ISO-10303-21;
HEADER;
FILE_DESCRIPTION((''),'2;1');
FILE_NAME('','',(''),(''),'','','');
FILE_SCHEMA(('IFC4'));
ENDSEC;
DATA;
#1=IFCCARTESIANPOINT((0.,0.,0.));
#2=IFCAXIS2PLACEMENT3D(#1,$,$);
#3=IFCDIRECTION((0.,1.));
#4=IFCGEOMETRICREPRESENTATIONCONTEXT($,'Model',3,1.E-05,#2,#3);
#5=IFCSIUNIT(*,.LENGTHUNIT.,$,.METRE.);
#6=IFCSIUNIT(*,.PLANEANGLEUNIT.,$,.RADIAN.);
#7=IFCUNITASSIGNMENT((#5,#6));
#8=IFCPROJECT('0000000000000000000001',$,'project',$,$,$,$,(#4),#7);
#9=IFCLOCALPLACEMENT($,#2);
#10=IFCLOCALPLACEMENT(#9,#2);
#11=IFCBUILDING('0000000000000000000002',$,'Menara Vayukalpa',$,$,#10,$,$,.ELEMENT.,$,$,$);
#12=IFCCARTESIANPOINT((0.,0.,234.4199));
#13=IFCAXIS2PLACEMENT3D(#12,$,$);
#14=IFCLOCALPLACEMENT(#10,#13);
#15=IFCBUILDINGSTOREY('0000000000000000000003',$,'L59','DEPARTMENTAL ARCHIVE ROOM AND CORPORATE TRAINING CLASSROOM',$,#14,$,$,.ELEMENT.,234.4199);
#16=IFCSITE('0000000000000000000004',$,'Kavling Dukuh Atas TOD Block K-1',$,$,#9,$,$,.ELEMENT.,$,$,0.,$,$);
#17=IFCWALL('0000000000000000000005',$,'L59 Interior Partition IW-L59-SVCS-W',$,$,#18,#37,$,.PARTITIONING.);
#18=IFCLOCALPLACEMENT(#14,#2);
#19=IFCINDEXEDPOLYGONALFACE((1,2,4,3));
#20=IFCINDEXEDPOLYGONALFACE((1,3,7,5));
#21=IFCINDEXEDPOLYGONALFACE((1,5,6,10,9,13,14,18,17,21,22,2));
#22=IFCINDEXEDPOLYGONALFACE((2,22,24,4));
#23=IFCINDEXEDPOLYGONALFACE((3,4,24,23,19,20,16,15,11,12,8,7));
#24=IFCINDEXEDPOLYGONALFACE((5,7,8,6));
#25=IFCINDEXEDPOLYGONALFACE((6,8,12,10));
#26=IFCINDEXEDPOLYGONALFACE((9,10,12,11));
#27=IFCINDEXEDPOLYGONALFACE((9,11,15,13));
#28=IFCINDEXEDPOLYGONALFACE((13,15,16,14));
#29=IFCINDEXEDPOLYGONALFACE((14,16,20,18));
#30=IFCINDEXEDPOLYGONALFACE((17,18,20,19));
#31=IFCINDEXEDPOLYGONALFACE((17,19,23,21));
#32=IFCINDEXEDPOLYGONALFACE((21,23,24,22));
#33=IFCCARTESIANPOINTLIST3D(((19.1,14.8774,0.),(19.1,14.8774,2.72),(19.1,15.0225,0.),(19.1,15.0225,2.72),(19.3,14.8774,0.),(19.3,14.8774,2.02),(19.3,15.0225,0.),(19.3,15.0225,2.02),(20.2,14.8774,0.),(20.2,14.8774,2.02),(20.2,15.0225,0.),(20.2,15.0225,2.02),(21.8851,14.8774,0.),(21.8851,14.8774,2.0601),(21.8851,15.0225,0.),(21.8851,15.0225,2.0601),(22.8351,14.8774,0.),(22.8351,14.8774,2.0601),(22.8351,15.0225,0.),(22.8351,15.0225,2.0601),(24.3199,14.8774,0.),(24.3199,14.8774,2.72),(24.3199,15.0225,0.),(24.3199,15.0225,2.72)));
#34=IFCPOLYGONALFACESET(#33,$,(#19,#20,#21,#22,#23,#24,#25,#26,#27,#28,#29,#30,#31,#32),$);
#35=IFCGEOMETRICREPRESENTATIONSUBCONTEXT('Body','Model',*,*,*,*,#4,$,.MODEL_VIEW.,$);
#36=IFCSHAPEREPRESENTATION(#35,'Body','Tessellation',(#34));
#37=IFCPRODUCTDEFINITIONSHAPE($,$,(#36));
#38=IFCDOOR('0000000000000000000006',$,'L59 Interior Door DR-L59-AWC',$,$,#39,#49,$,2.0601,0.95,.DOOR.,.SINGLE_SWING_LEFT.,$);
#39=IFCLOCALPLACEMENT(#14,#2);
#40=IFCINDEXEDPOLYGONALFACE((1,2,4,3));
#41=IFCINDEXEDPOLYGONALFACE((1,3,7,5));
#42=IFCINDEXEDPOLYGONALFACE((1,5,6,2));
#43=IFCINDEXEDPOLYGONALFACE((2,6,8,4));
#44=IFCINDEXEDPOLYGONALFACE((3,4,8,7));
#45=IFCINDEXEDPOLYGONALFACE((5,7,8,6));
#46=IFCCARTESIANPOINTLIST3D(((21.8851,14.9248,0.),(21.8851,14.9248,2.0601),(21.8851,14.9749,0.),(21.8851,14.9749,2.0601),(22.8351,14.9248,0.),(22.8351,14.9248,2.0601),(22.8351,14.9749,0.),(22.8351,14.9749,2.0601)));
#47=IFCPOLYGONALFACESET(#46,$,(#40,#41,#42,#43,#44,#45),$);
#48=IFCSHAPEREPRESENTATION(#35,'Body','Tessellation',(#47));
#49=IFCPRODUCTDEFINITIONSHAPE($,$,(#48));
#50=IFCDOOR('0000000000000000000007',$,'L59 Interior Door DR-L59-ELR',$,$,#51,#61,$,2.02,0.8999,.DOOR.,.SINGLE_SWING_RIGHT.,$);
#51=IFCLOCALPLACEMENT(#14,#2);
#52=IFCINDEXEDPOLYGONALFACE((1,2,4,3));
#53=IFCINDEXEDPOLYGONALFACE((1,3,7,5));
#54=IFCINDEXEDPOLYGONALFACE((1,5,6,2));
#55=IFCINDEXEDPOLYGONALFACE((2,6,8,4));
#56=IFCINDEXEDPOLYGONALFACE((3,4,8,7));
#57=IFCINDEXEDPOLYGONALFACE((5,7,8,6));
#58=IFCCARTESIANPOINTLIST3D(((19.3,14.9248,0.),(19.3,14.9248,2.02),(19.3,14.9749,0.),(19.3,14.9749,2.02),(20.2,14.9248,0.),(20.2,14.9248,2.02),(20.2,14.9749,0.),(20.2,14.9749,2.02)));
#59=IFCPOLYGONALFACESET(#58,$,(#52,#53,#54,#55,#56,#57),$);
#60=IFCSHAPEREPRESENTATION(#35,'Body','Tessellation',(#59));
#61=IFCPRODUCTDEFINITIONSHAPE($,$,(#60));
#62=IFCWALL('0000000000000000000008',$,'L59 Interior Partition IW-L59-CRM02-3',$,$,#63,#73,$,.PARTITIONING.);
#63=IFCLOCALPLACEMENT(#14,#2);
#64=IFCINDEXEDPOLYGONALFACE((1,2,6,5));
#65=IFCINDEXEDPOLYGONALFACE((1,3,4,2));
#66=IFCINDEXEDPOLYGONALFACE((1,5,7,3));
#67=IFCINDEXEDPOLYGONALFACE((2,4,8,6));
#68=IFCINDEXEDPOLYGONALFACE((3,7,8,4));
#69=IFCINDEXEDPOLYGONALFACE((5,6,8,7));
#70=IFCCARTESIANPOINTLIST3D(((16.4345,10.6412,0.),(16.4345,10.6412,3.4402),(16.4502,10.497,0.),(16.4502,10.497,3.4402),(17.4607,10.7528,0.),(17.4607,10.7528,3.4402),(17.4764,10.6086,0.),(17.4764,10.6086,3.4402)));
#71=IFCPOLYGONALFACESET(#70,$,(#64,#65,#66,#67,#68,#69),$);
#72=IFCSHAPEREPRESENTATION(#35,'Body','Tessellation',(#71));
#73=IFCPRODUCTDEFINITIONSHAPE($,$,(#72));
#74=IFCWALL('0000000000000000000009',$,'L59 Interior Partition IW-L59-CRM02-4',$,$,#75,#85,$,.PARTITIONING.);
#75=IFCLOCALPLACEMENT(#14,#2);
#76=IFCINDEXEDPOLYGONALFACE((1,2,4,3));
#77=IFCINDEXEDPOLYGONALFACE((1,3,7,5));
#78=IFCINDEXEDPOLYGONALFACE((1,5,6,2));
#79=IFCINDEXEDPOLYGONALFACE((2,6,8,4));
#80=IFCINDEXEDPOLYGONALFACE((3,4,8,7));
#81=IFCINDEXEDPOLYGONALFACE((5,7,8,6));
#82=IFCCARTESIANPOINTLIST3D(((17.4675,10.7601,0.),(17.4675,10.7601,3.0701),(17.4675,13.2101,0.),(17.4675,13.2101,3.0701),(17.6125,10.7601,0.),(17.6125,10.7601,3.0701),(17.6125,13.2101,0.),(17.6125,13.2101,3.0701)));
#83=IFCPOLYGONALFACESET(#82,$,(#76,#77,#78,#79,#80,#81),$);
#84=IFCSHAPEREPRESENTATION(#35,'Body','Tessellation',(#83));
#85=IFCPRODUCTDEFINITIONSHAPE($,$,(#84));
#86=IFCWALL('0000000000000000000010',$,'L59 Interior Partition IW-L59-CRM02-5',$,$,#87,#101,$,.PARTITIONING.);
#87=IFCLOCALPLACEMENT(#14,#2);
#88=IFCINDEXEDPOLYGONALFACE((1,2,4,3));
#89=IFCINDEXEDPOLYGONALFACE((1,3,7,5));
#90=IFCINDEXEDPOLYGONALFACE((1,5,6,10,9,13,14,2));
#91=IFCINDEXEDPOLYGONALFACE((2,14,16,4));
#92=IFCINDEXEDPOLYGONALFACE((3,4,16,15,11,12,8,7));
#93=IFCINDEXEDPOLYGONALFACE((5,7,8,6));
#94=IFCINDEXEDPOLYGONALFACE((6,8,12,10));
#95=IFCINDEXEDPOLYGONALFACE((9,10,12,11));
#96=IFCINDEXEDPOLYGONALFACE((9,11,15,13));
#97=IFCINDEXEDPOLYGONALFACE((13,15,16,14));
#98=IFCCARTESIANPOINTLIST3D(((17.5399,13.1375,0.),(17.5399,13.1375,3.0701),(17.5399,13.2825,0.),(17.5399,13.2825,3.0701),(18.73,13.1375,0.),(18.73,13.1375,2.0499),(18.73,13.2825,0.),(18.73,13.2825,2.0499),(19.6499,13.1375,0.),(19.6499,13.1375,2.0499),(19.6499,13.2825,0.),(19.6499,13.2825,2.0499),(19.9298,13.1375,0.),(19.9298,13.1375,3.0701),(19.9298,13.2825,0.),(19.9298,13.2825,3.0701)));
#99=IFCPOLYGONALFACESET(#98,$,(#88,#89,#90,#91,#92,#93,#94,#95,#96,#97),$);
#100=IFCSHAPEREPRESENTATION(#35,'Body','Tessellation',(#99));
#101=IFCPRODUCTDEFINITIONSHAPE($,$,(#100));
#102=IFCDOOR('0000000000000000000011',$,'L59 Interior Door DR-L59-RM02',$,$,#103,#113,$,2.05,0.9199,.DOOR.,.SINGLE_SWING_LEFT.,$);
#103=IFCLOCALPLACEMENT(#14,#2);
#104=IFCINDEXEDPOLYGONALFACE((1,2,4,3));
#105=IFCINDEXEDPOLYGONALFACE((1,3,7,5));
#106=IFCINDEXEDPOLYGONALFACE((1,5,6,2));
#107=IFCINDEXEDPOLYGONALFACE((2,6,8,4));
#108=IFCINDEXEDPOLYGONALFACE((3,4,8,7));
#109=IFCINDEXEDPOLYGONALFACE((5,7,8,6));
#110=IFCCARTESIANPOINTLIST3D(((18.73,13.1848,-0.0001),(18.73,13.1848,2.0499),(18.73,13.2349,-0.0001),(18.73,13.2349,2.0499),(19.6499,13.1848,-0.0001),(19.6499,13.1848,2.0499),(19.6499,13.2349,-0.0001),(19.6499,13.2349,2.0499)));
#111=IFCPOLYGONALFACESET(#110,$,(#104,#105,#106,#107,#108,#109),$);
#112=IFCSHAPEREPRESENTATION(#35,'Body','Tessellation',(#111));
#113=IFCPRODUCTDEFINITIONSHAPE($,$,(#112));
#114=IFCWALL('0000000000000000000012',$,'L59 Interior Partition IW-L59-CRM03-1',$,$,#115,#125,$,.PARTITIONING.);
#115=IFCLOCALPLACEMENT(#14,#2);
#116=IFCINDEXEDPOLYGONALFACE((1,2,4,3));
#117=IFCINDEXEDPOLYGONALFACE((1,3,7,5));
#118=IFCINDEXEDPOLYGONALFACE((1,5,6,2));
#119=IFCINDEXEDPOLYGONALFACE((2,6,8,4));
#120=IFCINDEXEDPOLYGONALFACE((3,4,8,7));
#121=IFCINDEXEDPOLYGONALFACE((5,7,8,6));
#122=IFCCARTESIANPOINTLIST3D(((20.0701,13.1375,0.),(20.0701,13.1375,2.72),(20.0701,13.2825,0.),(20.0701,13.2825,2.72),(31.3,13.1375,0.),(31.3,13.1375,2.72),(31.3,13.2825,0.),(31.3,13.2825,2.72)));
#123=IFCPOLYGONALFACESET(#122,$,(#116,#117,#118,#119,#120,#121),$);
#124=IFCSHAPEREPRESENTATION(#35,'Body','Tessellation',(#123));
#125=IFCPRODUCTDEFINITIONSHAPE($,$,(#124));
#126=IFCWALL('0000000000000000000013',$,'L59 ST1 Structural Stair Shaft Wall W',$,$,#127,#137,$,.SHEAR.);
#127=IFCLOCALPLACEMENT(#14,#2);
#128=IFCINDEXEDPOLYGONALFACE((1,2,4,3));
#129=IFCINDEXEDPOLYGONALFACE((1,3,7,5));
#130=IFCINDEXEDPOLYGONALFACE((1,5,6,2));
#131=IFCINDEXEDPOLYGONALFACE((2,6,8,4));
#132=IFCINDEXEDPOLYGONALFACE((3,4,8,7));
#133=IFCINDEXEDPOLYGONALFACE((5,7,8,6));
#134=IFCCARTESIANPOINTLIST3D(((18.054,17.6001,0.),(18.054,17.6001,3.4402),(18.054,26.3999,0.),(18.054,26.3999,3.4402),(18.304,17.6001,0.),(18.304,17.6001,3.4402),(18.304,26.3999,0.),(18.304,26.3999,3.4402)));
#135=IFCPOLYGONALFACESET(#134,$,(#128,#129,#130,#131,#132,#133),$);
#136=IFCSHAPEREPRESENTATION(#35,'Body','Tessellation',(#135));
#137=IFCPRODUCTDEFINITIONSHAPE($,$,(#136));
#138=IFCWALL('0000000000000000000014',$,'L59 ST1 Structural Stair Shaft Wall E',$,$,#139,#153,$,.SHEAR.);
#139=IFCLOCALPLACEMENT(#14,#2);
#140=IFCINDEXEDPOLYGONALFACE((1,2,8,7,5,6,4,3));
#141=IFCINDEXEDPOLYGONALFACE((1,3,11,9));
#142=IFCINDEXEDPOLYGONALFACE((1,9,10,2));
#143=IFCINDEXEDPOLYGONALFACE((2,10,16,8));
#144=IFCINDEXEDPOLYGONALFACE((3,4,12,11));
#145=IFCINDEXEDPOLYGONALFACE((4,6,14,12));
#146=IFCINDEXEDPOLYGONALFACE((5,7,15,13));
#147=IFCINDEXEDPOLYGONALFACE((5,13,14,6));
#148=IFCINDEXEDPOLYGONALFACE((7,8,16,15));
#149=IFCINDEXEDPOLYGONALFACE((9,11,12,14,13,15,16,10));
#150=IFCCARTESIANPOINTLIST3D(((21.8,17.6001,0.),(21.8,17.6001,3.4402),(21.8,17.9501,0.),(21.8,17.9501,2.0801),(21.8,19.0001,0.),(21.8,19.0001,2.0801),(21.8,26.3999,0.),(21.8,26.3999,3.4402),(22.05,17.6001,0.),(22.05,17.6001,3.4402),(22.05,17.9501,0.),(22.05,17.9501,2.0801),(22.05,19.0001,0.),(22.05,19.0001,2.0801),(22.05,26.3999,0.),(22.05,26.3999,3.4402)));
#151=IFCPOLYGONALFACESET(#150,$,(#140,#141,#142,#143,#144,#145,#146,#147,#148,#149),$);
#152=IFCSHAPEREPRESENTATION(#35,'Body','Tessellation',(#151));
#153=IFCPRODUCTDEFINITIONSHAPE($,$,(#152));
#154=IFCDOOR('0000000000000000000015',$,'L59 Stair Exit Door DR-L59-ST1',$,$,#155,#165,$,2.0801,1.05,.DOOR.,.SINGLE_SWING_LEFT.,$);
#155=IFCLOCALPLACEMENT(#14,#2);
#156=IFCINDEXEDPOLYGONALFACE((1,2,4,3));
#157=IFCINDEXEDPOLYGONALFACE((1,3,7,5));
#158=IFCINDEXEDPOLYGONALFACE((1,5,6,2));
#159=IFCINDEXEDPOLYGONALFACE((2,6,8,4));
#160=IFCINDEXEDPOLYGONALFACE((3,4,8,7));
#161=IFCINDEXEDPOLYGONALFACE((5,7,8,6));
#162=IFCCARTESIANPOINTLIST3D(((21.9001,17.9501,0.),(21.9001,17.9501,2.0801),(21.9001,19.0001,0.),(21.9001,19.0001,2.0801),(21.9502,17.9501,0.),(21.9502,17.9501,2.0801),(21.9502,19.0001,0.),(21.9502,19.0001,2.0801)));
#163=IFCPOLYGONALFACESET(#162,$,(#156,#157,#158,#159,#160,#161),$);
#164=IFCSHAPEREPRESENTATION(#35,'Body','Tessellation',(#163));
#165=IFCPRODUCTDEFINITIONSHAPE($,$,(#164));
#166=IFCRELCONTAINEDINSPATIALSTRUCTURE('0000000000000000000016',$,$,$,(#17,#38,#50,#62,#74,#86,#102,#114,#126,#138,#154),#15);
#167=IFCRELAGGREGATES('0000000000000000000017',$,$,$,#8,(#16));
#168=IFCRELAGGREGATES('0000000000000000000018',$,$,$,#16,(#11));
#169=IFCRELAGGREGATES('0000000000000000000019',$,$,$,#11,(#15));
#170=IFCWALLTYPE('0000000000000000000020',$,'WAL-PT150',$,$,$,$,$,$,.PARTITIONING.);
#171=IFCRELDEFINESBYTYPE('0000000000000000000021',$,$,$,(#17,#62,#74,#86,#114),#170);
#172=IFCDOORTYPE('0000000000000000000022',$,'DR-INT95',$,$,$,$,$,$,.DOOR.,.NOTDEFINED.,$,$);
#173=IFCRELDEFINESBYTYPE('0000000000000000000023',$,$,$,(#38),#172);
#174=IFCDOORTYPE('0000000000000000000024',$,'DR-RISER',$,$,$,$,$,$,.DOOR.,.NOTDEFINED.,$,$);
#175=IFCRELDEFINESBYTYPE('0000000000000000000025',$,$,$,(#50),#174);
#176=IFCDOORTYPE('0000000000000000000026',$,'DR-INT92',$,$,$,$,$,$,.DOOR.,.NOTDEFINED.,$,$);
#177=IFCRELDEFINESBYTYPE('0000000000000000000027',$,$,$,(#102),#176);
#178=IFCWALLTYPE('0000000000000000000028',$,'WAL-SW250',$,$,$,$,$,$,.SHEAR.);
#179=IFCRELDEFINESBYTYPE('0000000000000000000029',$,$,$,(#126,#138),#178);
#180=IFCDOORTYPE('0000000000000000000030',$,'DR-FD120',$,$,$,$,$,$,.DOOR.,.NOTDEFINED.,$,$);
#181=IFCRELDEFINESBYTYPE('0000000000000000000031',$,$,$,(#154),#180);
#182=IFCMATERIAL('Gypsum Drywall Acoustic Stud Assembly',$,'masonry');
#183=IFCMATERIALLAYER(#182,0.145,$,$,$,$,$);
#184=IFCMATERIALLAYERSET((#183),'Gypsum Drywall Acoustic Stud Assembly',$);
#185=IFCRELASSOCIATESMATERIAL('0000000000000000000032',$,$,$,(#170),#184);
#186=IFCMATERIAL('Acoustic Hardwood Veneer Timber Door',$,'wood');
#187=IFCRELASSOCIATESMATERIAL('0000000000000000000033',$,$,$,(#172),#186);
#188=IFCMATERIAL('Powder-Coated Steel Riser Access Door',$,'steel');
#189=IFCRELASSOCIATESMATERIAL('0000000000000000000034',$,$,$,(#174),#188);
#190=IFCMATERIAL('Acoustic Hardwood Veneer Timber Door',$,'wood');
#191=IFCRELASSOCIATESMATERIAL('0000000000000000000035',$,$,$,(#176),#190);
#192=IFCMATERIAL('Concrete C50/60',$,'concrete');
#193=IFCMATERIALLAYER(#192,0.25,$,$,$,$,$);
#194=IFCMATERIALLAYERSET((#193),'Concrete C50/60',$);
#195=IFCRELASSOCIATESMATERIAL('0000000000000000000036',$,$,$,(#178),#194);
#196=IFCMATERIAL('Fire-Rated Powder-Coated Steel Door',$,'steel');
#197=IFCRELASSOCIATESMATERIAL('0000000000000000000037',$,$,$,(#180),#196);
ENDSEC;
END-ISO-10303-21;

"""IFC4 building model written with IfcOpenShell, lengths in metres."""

from ifc_helpers import new_model, si_unit, direction, frame, frame_2d, origin, place, context, subcontext, project, spatial, rectangle, extrude, material, layer, layer_set, type_object, element, fill, save


model = new_model("IFC4")

# Units and contexts
model_context = context("Model", 3, precision=1e-05, world=origin(), true_north=direction((0.0, 1.0)))
body_context = subcontext(model_context, "Body", "Model", "MODEL_VIEW")
ifc_project = project(units=[si_unit("LENGTHUNIT", "METRE"), si_unit("PLANEANGLEUNIT", "RADIAN")], contexts=[model_context])

# Site, building, storey
site_placement = place(None, origin())
site = spatial("IfcSite", under=ifc_project, at=site_placement, Name="Kavling Dukuh Atas TOD Block K-1", CompositionType="ELEMENT", RefElevation=0.0)
building_placement = place(site_placement, origin())
building = spatial("IfcBuilding", under=site, at=building_placement, Name="Menara Vayukalpa", CompositionType="ELEMENT")
storey_placement = place(building_placement, frame((0.0, 0.0, 234.4199)))
storey = spatial("IfcBuildingStorey", under=building, at=storey_placement, Name="L59", Description="DEPARTMENTAL ARCHIVE ROOM AND CORPORATE TRAINING CLASSROOM", CompositionType="ELEMENT", Elevation=234.4199)

# Wall, openings, doors
ifc_material_1 = material(Name="Gypsum Drywall Acoustic Stud Assembly", Category="masonry")
ifc_layer_1 = layer(ifc_material_1, 0.145)
ifc_layer_set_1 = layer_set([ifc_layer_1], Name="Gypsum Drywall Acoustic Stud Assembly")
wall_type_1 = type_object("IfcWallType", Name="WAL-PT150", PredefinedType="PARTITIONING", material=ifc_layer_set_1)
wall_1_placement = place(storey_placement, frame((19.1001, 14.95, 0.0), z_axis=(0.0, 0.0, 1.0), x_axis=(1.0, 0.0, 0.0)))
wall_1 = element("IfcWall", 1, at=wall_1_placement, inside=storey, type_object=wall_type_1, Name="L59 Interior Partition IW-L59-SVCS-W", PredefinedType="PARTITIONING", context=body_context, shape_type="SweptSolid", body=[
    extrude(rectangle(XDim=5.22, YDim=0.145, at=frame_2d((2.6099, 0.0))), origin(), (0.0, 0.0, 1.0), 2.72),
])
opening_1_placement = place(wall_1_placement, frame((0.2, 0.0, 0.0)))
opening_1 = element("IfcOpeningElement", 2, at=opening_1_placement, cuts=wall_1, PredefinedType="OPENING", context=body_context, shape_type="SweptSolid", body=[
    extrude(rectangle(XDim=0.8999, YDim=2.02, at=frame_2d((0.45, 1.01))), frame((0.0, 0.0825, 0.0), z_axis=(0.0, -1.0, 0.0), x_axis=(1.0, 0.0, 0.0)), (0.0, 0.0, 1.0), 0.165),
])
opening_2_placement = place(wall_1_placement, frame((2.7849, 0.0, 0.0)))
opening_2 = element("IfcOpeningElement", 3, at=opening_2_placement, cuts=wall_1, PredefinedType="OPENING", context=body_context, shape_type="SweptSolid", body=[
    extrude(rectangle(XDim=0.95, YDim=2.0601, at=frame_2d((0.4751, 1.03))), frame((0.0, 0.0825, 0.0), z_axis=(0.0, -1.0, 0.0), x_axis=(1.0, 0.0, 0.0)), (0.0, 0.0, 1.0), 0.165),
])
ifc_material_2 = material(Name="Acoustic Hardwood Veneer Timber Door", Category="wood")
door_type_1 = type_object("IfcDoorType", Name="DR-INT95", OperationType="NOTDEFINED", PredefinedType="DOOR", material=ifc_material_2)
door_1_placement = place(opening_2_placement, origin())
door_1 = element("IfcDoor", 4, at=door_1_placement, inside=storey, type_object=door_type_1, Name="L59 Interior Door DR-L59-AWC", OperationType="SINGLE_SWING_LEFT", OverallHeight=2.0601, OverallWidth=0.95, PredefinedType="DOOR", context=body_context, shape_type="SweptSolid", body=[
    extrude(rectangle(XDim=0.95, YDim=2.0601, at=frame_2d((0.4751, 1.03))), frame((0.0, 0.0249, 0.0), z_axis=(0.0, -1.0, 0.0), x_axis=(1.0, 0.0, 0.0)), (0.0, 0.0, 1.0), 0.05),
])
fill(opening_2, door_1)
ifc_material_3 = material(Name="Powder-Coated Steel Riser Access Door", Category="steel")
door_type_2 = type_object("IfcDoorType", Name="DR-RISER", OperationType="NOTDEFINED", PredefinedType="DOOR", material=ifc_material_3)
door_2_placement = place(opening_1_placement, origin())
door_2 = element("IfcDoor", 5, at=door_2_placement, inside=storey, type_object=door_type_2, Name="L59 Interior Door DR-L59-ELR", OperationType="SINGLE_SWING_RIGHT", OverallHeight=2.02, OverallWidth=0.8999, PredefinedType="DOOR", context=body_context, shape_type="SweptSolid", body=[
    extrude(rectangle(XDim=0.8999, YDim=2.02, at=frame_2d((0.45, 1.01))), frame((0.0, 0.0249, 0.0), z_axis=(0.0, -1.0, 0.0), x_axis=(1.0, 0.0, 0.0)), (0.0, 0.0, 1.0), 0.05),
])
fill(opening_1, door_2)

# Walls
wall_2_placement = place(storey_placement, frame((16.4424, 10.5691, 0.0), z_axis=(0.0, 0.0, 1.0), x_axis=(0.994141, 0.108095, 0.0)))
element("IfcWall", 6, at=wall_2_placement, inside=storey, type_object=wall_type_1, Name="L59 Interior Partition IW-L59-CRM02-3", PredefinedType="PARTITIONING", context=body_context, shape_type="SweptSolid", body=[
    extrude(rectangle(XDim=1.0322, YDim=0.145, at=frame_2d((0.5161, 0.0))), origin(), (0.0, 0.0, 1.0), 3.4402),
])
wall_3_placement = place(storey_placement, frame((17.54, 10.76, 0.0), z_axis=(0.0, 0.0, 1.0), x_axis=(0.0, 1.0, 0.0)))
element("IfcWall", 7, at=wall_3_placement, inside=storey, type_object=wall_type_1, Name="L59 Interior Partition IW-L59-CRM02-4", PredefinedType="PARTITIONING", context=body_context, shape_type="SweptSolid", body=[
    extrude(rectangle(XDim=2.45, YDim=0.145, at=frame_2d((1.2251, 0.0))), origin(), (0.0, 0.0, 1.0), 3.0701),
])

# Wall, opening, door
wall_4_placement = place(storey_placement, frame((17.54, 13.21, 0.0), z_axis=(0.0, 0.0, 1.0), x_axis=(1.0, 0.0, 0.0)))
wall_4 = element("IfcWall", 8, at=wall_4_placement, inside=storey, type_object=wall_type_1, Name="L59 Interior Partition IW-L59-CRM02-5", PredefinedType="PARTITIONING", context=body_context, shape_type="SweptSolid", body=[
    extrude(rectangle(XDim=2.3899, YDim=0.145, at=frame_2d((1.1948, 0.0))), origin(), (0.0, 0.0, 1.0), 3.0701),
])
opening_3_placement = place(wall_4_placement, frame((1.1899, 0.0, 0.0)))
opening_3 = element("IfcOpeningElement", 9, at=opening_3_placement, cuts=wall_4, PredefinedType="OPENING", context=body_context, shape_type="SweptSolid", body=[
    extrude(rectangle(XDim=0.9199, YDim=2.05, at=frame_2d((0.46, 1.0249))), frame((0.0, 0.0825, 0.0), z_axis=(0.0, -1.0, 0.0), x_axis=(1.0, 0.0, 0.0)), (0.0, 0.0, 1.0), 0.165),
])
ifc_material_4 = material(Name="Acoustic Hardwood Veneer Timber Door", Category="wood")
door_type_3 = type_object("IfcDoorType", Name="DR-INT92", OperationType="NOTDEFINED", PredefinedType="DOOR", material=ifc_material_4)
door_3_placement = place(opening_3_placement, origin())
door_3 = element("IfcDoor", 10, at=door_3_placement, inside=storey, type_object=door_type_3, Name="L59 Interior Door DR-L59-RM02", OperationType="SINGLE_SWING_LEFT", OverallHeight=2.05, OverallWidth=0.9199, PredefinedType="DOOR", context=body_context, shape_type="SweptSolid", body=[
    extrude(rectangle(XDim=0.9199, YDim=2.05, at=frame_2d((0.46, 1.0249))), frame((0.0, 0.0249, 0.0), z_axis=(0.0, -1.0, 0.0), x_axis=(1.0, 0.0, 0.0)), (0.0, 0.0, 1.0), 0.05),
])
fill(opening_3, door_3)

# Walls
wall_5_placement = place(storey_placement, frame((20.0701, 13.21, 0.0), z_axis=(0.0, 0.0, 1.0), x_axis=(1.0, 0.0, 0.0)))
element("IfcWall", 11, at=wall_5_placement, inside=storey, type_object=wall_type_1, Name="L59 Interior Partition IW-L59-CRM03-1", PredefinedType="PARTITIONING", context=body_context, shape_type="SweptSolid", body=[
    extrude(rectangle(XDim=11.23, YDim=0.145, at=frame_2d((5.615, 0.0))), origin(), (0.0, 0.0, 1.0), 2.72),
])
ifc_material_5 = material(Name="Concrete C50/60", Category="concrete")
ifc_layer_2 = layer(ifc_material_5, 0.25)
ifc_layer_set_2 = layer_set([ifc_layer_2], Name="Concrete C50/60")
wall_type_2 = type_object("IfcWallType", Name="WAL-SW250", PredefinedType="SHEAR", material=ifc_layer_set_2)
wall_6_placement = place(storey_placement, frame((18.179, 17.6001, 0.0), z_axis=(0.0, 0.0, 1.0), x_axis=(0.0, 1.0, 0.0)))
element("IfcWall", 12, at=wall_6_placement, inside=storey, type_object=wall_type_2, Name="L59 ST1 Structural Stair Shaft Wall W", PredefinedType="SHEAR", context=body_context, shape_type="SweptSolid", body=[
    extrude(rectangle(XDim=8.7998, YDim=0.25, at=frame_2d((4.3999, 0.0))), origin(), (0.0, 0.0, 1.0), 3.4402),
])

# Wall, opening, door
wall_7_placement = place(storey_placement, frame((21.925, 17.6001, 0.0), z_axis=(0.0, 0.0, 1.0), x_axis=(0.0, 1.0, 0.0)))
wall_7 = element("IfcWall", 13, at=wall_7_placement, inside=storey, type_object=wall_type_2, Name="L59 ST1 Structural Stair Shaft Wall E", PredefinedType="SHEAR", context=body_context, shape_type="SweptSolid", body=[
    extrude(rectangle(XDim=8.7998, YDim=0.25, at=frame_2d((4.3999, 0.0))), origin(), (0.0, 0.0, 1.0), 3.4402),
])
opening_4_placement = place(wall_7_placement, frame((0.3501, 0.0, 0.0)))
opening_4 = element("IfcOpeningElement", 14, at=opening_4_placement, cuts=wall_7, PredefinedType="OPENING", context=body_context, shape_type="SweptSolid", body=[
    extrude(rectangle(XDim=1.05, YDim=2.0801, at=frame_2d((0.5249, 1.04))), frame((0.0, 0.135, 0.0), z_axis=(0.0, -1.0, 0.0), x_axis=(1.0, 0.0, 0.0)), (0.0, 0.0, 1.0), 0.27),
])
ifc_material_6 = material(Name="Fire-Rated Powder-Coated Steel Door", Category="steel")
door_type_4 = type_object("IfcDoorType", Name="DR-FD120", OperationType="NOTDEFINED", PredefinedType="DOOR", material=ifc_material_6)
door_4_placement = place(opening_4_placement, origin())
door_4 = element("IfcDoor", 15, at=door_4_placement, inside=storey, type_object=door_type_4, Name="L59 Stair Exit Door DR-L59-ST1", OperationType="SINGLE_SWING_LEFT", OverallHeight=2.0801, OverallWidth=1.05, PredefinedType="DOOR", context=body_context, shape_type="SweptSolid", body=[
    extrude(rectangle(XDim=1.05, YDim=2.0801, at=frame_2d((0.5249, 1.04))), frame((0.0, 0.0249, 0.0), z_axis=(0.0, -1.0, 0.0), x_axis=(1.0, 0.0, 0.0)), (0.0, 0.0, 1.0), 0.05),
])
fill(opening_4, door_4)

save(model, "model.ifc")
